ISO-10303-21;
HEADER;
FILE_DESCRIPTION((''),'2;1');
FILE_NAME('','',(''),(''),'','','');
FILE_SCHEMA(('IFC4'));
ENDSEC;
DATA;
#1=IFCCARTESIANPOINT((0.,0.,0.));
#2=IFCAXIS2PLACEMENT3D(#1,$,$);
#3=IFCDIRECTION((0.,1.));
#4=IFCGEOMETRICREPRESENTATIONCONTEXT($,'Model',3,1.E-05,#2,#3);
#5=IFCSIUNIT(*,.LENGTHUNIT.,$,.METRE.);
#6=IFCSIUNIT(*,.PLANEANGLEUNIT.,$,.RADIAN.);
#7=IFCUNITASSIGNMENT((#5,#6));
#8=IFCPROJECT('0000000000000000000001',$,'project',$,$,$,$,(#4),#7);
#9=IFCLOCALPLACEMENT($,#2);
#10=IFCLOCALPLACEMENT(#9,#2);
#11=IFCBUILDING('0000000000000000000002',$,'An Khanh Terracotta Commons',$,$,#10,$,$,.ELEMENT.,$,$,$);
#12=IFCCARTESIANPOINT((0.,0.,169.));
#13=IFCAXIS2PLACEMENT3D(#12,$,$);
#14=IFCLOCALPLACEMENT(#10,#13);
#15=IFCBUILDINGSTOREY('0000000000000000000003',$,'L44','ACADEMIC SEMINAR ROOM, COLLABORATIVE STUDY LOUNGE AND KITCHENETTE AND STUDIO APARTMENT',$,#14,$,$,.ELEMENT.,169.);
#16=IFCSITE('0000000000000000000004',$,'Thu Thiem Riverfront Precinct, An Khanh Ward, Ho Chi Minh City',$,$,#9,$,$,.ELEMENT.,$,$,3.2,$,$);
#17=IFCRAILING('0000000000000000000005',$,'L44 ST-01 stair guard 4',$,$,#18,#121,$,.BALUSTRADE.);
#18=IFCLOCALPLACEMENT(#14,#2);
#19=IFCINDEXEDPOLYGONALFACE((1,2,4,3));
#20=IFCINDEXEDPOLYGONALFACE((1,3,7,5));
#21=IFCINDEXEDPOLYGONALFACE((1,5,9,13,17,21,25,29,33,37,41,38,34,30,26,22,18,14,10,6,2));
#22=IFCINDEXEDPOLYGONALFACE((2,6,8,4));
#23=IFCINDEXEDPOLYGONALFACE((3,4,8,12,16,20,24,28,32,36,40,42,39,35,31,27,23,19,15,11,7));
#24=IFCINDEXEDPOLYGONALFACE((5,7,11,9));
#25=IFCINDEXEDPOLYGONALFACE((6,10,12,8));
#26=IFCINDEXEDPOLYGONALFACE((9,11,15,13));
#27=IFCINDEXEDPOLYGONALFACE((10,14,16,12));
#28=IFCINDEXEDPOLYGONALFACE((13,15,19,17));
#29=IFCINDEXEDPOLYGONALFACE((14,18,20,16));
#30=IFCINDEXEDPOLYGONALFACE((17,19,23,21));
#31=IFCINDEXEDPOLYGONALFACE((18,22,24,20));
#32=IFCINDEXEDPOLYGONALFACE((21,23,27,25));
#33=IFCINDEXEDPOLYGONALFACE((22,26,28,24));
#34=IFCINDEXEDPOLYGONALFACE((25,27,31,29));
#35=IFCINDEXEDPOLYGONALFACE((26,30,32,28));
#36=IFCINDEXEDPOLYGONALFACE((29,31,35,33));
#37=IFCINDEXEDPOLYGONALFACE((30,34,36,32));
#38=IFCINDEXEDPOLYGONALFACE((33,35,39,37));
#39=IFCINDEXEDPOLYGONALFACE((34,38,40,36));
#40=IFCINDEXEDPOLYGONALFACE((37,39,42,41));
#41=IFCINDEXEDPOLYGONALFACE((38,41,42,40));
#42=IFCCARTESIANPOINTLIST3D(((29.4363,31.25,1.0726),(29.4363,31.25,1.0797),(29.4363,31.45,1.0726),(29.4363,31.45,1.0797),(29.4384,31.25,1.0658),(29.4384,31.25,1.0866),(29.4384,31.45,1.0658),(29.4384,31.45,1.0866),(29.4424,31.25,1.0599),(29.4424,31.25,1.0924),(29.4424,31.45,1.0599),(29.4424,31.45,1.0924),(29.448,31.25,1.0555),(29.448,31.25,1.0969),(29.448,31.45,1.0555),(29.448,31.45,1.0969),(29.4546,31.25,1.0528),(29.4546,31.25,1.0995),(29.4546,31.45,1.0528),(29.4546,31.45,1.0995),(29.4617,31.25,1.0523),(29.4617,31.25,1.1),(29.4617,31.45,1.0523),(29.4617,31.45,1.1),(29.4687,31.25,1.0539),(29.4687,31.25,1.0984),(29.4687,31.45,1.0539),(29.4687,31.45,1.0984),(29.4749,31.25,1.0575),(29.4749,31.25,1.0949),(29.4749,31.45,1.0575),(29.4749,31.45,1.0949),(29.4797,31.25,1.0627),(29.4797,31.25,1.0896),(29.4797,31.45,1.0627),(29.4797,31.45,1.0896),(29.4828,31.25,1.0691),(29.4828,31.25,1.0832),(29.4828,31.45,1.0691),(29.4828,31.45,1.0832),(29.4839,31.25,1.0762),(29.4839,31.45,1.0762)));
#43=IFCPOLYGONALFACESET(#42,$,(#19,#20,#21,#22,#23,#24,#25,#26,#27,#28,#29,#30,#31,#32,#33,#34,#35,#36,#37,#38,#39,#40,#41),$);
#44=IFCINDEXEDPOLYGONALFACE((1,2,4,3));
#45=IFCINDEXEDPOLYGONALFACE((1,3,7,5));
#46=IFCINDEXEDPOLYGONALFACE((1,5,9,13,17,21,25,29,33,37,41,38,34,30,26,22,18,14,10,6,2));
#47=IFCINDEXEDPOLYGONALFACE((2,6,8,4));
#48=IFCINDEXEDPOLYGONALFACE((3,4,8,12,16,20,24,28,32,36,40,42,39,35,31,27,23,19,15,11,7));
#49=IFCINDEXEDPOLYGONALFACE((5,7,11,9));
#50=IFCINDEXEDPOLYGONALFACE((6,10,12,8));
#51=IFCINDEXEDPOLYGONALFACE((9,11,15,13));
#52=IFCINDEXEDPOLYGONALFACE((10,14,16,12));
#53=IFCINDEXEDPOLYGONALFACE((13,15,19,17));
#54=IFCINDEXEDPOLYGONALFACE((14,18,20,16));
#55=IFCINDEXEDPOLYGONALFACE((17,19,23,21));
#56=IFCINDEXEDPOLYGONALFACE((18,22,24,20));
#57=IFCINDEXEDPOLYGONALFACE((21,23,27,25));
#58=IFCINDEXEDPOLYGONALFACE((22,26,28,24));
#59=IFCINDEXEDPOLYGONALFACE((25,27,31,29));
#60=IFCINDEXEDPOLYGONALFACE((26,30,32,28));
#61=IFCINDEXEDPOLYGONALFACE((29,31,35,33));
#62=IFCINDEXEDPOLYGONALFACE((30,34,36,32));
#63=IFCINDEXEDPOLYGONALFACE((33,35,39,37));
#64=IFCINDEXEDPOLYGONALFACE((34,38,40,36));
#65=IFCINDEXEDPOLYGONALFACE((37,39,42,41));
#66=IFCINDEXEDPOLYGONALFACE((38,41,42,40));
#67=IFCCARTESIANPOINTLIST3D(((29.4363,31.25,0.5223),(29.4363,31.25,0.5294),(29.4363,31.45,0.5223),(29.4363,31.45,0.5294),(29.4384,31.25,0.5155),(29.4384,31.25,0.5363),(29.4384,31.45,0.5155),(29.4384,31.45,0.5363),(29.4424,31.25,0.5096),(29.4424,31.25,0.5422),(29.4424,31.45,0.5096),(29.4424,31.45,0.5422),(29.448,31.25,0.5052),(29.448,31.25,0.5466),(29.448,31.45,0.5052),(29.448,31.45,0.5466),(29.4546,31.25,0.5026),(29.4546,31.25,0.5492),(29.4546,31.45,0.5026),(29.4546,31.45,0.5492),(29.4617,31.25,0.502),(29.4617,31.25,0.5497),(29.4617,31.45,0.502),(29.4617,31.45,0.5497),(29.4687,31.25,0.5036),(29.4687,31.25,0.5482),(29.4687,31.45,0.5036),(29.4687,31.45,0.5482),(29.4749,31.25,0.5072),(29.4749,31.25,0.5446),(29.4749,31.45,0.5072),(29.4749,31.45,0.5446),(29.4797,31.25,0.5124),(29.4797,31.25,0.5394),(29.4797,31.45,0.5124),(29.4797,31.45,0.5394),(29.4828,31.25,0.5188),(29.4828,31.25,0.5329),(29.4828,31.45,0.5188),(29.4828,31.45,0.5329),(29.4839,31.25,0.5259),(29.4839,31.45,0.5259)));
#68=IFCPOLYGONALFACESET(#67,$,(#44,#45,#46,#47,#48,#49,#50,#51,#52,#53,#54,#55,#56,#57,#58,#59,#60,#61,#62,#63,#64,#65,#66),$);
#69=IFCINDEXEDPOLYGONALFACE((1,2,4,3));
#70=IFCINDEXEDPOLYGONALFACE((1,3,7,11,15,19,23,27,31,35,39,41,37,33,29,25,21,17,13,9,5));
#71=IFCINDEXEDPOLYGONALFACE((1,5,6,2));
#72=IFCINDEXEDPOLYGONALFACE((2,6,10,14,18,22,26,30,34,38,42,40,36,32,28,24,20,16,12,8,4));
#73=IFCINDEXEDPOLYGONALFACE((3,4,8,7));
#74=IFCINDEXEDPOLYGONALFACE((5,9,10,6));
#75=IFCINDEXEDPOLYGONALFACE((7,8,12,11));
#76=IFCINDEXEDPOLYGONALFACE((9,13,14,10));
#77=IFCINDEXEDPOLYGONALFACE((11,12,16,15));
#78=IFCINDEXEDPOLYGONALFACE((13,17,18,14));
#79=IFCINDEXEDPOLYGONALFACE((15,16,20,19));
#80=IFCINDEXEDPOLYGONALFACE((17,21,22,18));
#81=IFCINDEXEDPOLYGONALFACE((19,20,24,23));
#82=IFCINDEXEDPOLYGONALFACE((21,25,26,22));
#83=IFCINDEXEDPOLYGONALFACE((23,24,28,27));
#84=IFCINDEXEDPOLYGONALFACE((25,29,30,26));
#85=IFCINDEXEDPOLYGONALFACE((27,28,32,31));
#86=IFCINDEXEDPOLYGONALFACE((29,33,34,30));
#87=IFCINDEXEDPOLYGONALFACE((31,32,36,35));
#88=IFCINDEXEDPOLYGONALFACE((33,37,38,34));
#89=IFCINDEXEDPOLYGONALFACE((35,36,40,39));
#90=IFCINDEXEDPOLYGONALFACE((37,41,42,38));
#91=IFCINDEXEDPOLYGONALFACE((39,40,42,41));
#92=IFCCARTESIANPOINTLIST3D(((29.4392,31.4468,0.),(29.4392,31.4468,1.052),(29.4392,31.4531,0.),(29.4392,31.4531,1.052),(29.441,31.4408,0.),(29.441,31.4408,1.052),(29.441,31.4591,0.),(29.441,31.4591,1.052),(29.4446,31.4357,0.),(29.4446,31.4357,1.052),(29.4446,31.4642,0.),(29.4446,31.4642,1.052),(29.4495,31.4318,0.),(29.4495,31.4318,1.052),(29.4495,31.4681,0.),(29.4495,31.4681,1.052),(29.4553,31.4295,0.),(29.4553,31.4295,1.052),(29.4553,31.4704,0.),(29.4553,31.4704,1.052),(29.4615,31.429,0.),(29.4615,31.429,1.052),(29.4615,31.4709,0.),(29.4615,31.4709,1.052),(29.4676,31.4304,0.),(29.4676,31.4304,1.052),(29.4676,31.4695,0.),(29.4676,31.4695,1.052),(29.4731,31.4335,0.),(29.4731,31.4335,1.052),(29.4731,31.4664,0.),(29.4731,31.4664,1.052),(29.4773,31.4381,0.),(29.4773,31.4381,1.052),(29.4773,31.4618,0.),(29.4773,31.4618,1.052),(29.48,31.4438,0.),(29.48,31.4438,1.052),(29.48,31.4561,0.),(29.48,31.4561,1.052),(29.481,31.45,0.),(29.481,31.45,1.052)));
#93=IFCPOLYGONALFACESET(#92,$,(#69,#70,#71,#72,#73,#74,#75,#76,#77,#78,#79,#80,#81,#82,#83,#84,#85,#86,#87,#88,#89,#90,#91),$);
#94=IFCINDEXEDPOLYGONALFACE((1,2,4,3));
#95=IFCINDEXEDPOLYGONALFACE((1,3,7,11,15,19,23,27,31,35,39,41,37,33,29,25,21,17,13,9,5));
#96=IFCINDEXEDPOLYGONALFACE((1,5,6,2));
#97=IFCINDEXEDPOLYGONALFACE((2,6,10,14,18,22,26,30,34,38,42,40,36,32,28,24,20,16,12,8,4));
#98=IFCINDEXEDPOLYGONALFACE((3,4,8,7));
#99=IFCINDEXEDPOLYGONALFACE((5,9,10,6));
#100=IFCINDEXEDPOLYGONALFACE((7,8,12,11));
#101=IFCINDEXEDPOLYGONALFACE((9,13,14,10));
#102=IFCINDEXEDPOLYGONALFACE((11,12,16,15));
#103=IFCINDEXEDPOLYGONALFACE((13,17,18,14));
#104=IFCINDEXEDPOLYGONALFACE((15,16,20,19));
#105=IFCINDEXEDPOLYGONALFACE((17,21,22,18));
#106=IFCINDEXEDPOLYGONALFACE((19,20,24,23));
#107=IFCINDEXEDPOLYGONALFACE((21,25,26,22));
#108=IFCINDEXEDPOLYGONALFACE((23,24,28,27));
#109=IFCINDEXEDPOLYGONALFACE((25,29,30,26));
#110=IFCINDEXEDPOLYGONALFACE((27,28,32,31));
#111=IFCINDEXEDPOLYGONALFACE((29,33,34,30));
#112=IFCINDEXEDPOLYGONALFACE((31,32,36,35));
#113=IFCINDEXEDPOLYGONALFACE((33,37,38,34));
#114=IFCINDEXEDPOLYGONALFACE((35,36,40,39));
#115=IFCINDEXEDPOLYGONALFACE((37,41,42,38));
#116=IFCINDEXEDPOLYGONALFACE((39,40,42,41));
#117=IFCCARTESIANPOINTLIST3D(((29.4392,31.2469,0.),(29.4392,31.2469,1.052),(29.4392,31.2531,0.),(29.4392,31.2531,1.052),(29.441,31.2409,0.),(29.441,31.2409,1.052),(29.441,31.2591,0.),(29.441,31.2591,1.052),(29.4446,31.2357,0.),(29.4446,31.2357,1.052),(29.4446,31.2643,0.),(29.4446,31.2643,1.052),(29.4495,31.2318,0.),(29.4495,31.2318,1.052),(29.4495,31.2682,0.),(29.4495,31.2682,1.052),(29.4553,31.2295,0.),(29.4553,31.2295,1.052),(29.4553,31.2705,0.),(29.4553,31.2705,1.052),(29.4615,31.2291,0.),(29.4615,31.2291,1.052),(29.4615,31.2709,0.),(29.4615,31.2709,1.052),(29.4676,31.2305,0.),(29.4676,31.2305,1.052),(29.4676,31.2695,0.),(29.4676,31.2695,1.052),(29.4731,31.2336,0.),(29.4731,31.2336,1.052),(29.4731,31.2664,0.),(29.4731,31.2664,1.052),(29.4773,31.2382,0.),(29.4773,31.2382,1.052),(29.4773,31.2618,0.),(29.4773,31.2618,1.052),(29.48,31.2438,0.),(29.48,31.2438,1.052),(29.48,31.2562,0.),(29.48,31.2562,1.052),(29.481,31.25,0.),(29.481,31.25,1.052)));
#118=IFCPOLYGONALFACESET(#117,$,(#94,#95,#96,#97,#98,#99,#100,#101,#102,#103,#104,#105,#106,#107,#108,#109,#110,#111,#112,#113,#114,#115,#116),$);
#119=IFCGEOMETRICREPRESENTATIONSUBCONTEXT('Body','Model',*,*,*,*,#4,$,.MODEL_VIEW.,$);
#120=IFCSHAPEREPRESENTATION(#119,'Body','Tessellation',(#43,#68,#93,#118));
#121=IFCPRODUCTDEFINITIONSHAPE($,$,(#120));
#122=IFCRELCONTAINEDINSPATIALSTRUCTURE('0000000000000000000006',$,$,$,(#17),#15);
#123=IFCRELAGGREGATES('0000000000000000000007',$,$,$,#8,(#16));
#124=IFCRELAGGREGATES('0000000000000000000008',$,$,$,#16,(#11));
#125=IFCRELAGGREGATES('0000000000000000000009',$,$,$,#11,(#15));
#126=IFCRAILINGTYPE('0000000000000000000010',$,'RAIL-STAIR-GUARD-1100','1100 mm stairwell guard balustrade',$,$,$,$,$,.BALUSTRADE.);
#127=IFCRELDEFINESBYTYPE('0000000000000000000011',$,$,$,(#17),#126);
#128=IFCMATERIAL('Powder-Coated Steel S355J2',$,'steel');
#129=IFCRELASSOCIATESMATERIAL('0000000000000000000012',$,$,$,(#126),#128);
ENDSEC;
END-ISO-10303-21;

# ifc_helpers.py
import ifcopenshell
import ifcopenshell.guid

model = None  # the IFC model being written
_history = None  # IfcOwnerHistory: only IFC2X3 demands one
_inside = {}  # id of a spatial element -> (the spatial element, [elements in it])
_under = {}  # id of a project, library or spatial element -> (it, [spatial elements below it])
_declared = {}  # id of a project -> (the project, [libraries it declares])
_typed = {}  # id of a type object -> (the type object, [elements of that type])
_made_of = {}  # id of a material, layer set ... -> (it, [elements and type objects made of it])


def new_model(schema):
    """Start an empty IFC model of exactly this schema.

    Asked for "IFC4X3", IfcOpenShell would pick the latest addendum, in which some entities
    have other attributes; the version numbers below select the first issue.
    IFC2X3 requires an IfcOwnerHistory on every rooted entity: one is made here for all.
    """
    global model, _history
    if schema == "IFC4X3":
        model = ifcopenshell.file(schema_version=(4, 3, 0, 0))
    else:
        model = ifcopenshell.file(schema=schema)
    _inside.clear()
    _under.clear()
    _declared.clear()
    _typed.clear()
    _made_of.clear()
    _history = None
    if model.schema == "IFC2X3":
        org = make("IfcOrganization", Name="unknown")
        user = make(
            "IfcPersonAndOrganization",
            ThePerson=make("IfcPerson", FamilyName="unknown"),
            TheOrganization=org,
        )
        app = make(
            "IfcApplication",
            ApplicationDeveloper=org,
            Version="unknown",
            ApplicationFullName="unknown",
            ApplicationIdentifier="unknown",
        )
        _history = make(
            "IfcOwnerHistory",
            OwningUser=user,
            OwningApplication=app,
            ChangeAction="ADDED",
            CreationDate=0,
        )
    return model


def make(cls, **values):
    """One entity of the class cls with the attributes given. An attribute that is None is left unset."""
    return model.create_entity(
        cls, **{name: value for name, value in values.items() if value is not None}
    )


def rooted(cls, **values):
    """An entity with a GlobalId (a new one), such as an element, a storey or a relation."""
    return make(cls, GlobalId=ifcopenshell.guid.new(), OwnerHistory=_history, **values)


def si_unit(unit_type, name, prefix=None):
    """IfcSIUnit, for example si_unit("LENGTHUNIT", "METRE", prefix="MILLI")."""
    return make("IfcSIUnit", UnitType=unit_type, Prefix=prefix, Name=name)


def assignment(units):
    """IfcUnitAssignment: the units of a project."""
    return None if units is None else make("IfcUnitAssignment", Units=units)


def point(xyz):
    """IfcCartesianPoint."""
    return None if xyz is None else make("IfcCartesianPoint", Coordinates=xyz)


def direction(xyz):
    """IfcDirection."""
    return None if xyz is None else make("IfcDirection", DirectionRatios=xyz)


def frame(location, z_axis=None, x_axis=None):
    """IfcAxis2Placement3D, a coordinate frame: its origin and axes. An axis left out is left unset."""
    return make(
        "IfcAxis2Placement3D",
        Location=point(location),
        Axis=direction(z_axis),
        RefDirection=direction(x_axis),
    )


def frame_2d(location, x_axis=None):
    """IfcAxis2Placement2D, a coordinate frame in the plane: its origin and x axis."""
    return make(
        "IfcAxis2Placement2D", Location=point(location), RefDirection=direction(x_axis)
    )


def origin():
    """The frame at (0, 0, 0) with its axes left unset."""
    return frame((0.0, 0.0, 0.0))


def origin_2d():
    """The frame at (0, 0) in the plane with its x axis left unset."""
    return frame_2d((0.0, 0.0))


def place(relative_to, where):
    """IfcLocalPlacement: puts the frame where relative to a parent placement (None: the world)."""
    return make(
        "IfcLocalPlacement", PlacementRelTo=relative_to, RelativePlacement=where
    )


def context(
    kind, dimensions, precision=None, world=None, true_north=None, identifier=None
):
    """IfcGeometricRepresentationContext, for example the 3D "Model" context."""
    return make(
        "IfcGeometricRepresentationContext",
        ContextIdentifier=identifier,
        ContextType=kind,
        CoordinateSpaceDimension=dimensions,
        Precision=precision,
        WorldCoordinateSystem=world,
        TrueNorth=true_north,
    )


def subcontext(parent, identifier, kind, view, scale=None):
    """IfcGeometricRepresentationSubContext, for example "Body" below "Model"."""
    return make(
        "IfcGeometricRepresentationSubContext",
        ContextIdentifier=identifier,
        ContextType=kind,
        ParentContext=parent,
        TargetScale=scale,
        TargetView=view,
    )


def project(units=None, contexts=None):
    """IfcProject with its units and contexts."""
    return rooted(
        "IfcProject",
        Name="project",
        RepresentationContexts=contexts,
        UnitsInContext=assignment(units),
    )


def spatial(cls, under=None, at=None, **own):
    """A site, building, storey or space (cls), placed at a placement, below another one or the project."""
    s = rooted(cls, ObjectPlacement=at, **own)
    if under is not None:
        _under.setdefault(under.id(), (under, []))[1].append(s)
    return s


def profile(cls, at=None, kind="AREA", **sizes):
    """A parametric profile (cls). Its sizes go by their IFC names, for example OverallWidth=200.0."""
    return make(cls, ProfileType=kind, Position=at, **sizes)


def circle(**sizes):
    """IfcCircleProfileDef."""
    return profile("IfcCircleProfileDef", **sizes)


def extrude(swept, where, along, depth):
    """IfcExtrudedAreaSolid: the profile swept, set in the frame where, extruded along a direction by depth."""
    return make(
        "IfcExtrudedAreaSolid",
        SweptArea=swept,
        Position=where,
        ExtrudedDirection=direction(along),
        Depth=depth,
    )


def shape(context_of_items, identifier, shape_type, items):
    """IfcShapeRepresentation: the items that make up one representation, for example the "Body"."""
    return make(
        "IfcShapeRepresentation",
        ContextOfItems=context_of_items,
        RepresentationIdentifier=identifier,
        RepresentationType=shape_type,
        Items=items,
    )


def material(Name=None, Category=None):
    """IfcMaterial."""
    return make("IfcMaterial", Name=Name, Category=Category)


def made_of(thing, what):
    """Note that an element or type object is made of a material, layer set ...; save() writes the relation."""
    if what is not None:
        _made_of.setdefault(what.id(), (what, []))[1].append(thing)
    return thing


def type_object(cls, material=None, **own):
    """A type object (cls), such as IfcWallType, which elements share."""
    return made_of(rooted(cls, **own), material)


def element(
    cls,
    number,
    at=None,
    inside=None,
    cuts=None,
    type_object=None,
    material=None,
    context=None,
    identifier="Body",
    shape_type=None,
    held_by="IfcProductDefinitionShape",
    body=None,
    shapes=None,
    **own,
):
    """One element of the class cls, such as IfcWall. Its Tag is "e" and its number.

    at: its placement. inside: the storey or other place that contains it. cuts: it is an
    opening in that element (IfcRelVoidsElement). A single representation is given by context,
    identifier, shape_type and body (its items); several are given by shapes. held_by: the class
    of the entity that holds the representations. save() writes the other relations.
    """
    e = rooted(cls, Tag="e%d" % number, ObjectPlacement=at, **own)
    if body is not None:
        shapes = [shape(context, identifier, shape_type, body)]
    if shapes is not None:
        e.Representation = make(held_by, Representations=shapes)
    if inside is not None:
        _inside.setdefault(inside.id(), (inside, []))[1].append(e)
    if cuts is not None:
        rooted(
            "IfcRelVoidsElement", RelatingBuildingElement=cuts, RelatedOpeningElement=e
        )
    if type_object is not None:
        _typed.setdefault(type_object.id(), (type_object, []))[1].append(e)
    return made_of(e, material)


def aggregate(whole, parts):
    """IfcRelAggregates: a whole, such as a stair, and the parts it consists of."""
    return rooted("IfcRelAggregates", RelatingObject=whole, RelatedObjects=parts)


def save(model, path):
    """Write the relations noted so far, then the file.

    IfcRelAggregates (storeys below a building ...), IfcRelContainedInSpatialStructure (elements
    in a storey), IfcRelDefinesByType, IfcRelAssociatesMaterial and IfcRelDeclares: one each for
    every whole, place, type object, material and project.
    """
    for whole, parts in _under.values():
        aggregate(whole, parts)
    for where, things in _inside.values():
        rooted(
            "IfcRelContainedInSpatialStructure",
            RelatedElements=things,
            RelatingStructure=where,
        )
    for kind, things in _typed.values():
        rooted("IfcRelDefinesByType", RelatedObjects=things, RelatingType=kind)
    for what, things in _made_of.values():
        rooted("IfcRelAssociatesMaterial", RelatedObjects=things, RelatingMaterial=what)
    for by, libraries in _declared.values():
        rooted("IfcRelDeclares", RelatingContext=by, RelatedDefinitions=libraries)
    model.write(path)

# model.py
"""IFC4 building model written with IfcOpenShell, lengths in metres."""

from ifc_helpers import new_model, si_unit, direction, frame, origin, origin_2d, place, context, subcontext, project, spatial, circle, extrude, material, type_object, element, save


model = new_model("IFC4")

# Units and contexts
model_context = context("Model", 3, precision=1e-05, world=origin(), true_north=direction((0.0, 1.0)))
body_context = subcontext(model_context, "Body", "Model", "MODEL_VIEW")
ifc_project = project(units=[si_unit("LENGTHUNIT", "METRE"), si_unit("PLANEANGLEUNIT", "RADIAN")], contexts=[model_context])

# Site, building, storey
site_placement = place(None, origin())
site = spatial("IfcSite", under=ifc_project, at=site_placement, Name="Thu Thiem Riverfront Precinct, An Khanh Ward, Ho Chi Minh City", CompositionType="ELEMENT", RefElevation=3.2)
building_placement = place(site_placement, origin())
building = spatial("IfcBuilding", under=site, at=building_placement, Name="An Khanh Terracotta Commons", CompositionType="ELEMENT")
storey_placement = place(building_placement, frame((0.0, 0.0, 169.0)))
storey = spatial("IfcBuildingStorey", under=building, at=storey_placement, Name="L44", Description="ACADEMIC SEMINAR ROOM, COLLABORATIVE STUDY LOUNGE AND KITCHENETTE AND STUDIO APARTMENT", CompositionType="ELEMENT", Elevation=169.0)

# Railing
ifc_material_1 = material(Name="Powder-Coated Steel S355J2", Category="steel")
railing_type_1 = type_object("IfcRailingType", Name="RAIL-STAIR-GUARD-1100", Description="1100 mm stairwell guard balustrade", PredefinedType="BALUSTRADE", material=ifc_material_1)
railing_1_placement = place(storey_placement, frame((29.46, 31.45, 0.0)))
element("IfcRailing", 1, at=railing_1_placement, inside=storey, type_object=railing_type_1, Name="L44 ST-01 stair guard 4", PredefinedType="BALUSTRADE", context=body_context, shape_type="SweptSolid", body=[
    extrude(circle(Radius=0.0239, at=origin_2d()), frame((0.0, 0.0, 1.0762), z_axis=(0.0, -1.0, 0.0), x_axis=(1.0, 0.0, 0.0)), (0.0, 0.0, 1.0), 0.2),
    extrude(circle(Radius=0.0239, at=origin_2d()), frame((0.0, 0.0, 0.5259), z_axis=(0.0, -1.0, 0.0), x_axis=(1.0, 0.0, 0.0)), (0.0, 0.0, 1.0), 0.2),
    extrude(circle(Radius=0.021, at=origin_2d()), origin(), (0.0, 0.0, 1.0), 1.052),
    extrude(circle(Radius=0.021, at=origin_2d()), frame((0.0, -0.2, 0.0)), (0.0, 0.0, 1.0), 1.052),
])

save(model, "model.ifc")
